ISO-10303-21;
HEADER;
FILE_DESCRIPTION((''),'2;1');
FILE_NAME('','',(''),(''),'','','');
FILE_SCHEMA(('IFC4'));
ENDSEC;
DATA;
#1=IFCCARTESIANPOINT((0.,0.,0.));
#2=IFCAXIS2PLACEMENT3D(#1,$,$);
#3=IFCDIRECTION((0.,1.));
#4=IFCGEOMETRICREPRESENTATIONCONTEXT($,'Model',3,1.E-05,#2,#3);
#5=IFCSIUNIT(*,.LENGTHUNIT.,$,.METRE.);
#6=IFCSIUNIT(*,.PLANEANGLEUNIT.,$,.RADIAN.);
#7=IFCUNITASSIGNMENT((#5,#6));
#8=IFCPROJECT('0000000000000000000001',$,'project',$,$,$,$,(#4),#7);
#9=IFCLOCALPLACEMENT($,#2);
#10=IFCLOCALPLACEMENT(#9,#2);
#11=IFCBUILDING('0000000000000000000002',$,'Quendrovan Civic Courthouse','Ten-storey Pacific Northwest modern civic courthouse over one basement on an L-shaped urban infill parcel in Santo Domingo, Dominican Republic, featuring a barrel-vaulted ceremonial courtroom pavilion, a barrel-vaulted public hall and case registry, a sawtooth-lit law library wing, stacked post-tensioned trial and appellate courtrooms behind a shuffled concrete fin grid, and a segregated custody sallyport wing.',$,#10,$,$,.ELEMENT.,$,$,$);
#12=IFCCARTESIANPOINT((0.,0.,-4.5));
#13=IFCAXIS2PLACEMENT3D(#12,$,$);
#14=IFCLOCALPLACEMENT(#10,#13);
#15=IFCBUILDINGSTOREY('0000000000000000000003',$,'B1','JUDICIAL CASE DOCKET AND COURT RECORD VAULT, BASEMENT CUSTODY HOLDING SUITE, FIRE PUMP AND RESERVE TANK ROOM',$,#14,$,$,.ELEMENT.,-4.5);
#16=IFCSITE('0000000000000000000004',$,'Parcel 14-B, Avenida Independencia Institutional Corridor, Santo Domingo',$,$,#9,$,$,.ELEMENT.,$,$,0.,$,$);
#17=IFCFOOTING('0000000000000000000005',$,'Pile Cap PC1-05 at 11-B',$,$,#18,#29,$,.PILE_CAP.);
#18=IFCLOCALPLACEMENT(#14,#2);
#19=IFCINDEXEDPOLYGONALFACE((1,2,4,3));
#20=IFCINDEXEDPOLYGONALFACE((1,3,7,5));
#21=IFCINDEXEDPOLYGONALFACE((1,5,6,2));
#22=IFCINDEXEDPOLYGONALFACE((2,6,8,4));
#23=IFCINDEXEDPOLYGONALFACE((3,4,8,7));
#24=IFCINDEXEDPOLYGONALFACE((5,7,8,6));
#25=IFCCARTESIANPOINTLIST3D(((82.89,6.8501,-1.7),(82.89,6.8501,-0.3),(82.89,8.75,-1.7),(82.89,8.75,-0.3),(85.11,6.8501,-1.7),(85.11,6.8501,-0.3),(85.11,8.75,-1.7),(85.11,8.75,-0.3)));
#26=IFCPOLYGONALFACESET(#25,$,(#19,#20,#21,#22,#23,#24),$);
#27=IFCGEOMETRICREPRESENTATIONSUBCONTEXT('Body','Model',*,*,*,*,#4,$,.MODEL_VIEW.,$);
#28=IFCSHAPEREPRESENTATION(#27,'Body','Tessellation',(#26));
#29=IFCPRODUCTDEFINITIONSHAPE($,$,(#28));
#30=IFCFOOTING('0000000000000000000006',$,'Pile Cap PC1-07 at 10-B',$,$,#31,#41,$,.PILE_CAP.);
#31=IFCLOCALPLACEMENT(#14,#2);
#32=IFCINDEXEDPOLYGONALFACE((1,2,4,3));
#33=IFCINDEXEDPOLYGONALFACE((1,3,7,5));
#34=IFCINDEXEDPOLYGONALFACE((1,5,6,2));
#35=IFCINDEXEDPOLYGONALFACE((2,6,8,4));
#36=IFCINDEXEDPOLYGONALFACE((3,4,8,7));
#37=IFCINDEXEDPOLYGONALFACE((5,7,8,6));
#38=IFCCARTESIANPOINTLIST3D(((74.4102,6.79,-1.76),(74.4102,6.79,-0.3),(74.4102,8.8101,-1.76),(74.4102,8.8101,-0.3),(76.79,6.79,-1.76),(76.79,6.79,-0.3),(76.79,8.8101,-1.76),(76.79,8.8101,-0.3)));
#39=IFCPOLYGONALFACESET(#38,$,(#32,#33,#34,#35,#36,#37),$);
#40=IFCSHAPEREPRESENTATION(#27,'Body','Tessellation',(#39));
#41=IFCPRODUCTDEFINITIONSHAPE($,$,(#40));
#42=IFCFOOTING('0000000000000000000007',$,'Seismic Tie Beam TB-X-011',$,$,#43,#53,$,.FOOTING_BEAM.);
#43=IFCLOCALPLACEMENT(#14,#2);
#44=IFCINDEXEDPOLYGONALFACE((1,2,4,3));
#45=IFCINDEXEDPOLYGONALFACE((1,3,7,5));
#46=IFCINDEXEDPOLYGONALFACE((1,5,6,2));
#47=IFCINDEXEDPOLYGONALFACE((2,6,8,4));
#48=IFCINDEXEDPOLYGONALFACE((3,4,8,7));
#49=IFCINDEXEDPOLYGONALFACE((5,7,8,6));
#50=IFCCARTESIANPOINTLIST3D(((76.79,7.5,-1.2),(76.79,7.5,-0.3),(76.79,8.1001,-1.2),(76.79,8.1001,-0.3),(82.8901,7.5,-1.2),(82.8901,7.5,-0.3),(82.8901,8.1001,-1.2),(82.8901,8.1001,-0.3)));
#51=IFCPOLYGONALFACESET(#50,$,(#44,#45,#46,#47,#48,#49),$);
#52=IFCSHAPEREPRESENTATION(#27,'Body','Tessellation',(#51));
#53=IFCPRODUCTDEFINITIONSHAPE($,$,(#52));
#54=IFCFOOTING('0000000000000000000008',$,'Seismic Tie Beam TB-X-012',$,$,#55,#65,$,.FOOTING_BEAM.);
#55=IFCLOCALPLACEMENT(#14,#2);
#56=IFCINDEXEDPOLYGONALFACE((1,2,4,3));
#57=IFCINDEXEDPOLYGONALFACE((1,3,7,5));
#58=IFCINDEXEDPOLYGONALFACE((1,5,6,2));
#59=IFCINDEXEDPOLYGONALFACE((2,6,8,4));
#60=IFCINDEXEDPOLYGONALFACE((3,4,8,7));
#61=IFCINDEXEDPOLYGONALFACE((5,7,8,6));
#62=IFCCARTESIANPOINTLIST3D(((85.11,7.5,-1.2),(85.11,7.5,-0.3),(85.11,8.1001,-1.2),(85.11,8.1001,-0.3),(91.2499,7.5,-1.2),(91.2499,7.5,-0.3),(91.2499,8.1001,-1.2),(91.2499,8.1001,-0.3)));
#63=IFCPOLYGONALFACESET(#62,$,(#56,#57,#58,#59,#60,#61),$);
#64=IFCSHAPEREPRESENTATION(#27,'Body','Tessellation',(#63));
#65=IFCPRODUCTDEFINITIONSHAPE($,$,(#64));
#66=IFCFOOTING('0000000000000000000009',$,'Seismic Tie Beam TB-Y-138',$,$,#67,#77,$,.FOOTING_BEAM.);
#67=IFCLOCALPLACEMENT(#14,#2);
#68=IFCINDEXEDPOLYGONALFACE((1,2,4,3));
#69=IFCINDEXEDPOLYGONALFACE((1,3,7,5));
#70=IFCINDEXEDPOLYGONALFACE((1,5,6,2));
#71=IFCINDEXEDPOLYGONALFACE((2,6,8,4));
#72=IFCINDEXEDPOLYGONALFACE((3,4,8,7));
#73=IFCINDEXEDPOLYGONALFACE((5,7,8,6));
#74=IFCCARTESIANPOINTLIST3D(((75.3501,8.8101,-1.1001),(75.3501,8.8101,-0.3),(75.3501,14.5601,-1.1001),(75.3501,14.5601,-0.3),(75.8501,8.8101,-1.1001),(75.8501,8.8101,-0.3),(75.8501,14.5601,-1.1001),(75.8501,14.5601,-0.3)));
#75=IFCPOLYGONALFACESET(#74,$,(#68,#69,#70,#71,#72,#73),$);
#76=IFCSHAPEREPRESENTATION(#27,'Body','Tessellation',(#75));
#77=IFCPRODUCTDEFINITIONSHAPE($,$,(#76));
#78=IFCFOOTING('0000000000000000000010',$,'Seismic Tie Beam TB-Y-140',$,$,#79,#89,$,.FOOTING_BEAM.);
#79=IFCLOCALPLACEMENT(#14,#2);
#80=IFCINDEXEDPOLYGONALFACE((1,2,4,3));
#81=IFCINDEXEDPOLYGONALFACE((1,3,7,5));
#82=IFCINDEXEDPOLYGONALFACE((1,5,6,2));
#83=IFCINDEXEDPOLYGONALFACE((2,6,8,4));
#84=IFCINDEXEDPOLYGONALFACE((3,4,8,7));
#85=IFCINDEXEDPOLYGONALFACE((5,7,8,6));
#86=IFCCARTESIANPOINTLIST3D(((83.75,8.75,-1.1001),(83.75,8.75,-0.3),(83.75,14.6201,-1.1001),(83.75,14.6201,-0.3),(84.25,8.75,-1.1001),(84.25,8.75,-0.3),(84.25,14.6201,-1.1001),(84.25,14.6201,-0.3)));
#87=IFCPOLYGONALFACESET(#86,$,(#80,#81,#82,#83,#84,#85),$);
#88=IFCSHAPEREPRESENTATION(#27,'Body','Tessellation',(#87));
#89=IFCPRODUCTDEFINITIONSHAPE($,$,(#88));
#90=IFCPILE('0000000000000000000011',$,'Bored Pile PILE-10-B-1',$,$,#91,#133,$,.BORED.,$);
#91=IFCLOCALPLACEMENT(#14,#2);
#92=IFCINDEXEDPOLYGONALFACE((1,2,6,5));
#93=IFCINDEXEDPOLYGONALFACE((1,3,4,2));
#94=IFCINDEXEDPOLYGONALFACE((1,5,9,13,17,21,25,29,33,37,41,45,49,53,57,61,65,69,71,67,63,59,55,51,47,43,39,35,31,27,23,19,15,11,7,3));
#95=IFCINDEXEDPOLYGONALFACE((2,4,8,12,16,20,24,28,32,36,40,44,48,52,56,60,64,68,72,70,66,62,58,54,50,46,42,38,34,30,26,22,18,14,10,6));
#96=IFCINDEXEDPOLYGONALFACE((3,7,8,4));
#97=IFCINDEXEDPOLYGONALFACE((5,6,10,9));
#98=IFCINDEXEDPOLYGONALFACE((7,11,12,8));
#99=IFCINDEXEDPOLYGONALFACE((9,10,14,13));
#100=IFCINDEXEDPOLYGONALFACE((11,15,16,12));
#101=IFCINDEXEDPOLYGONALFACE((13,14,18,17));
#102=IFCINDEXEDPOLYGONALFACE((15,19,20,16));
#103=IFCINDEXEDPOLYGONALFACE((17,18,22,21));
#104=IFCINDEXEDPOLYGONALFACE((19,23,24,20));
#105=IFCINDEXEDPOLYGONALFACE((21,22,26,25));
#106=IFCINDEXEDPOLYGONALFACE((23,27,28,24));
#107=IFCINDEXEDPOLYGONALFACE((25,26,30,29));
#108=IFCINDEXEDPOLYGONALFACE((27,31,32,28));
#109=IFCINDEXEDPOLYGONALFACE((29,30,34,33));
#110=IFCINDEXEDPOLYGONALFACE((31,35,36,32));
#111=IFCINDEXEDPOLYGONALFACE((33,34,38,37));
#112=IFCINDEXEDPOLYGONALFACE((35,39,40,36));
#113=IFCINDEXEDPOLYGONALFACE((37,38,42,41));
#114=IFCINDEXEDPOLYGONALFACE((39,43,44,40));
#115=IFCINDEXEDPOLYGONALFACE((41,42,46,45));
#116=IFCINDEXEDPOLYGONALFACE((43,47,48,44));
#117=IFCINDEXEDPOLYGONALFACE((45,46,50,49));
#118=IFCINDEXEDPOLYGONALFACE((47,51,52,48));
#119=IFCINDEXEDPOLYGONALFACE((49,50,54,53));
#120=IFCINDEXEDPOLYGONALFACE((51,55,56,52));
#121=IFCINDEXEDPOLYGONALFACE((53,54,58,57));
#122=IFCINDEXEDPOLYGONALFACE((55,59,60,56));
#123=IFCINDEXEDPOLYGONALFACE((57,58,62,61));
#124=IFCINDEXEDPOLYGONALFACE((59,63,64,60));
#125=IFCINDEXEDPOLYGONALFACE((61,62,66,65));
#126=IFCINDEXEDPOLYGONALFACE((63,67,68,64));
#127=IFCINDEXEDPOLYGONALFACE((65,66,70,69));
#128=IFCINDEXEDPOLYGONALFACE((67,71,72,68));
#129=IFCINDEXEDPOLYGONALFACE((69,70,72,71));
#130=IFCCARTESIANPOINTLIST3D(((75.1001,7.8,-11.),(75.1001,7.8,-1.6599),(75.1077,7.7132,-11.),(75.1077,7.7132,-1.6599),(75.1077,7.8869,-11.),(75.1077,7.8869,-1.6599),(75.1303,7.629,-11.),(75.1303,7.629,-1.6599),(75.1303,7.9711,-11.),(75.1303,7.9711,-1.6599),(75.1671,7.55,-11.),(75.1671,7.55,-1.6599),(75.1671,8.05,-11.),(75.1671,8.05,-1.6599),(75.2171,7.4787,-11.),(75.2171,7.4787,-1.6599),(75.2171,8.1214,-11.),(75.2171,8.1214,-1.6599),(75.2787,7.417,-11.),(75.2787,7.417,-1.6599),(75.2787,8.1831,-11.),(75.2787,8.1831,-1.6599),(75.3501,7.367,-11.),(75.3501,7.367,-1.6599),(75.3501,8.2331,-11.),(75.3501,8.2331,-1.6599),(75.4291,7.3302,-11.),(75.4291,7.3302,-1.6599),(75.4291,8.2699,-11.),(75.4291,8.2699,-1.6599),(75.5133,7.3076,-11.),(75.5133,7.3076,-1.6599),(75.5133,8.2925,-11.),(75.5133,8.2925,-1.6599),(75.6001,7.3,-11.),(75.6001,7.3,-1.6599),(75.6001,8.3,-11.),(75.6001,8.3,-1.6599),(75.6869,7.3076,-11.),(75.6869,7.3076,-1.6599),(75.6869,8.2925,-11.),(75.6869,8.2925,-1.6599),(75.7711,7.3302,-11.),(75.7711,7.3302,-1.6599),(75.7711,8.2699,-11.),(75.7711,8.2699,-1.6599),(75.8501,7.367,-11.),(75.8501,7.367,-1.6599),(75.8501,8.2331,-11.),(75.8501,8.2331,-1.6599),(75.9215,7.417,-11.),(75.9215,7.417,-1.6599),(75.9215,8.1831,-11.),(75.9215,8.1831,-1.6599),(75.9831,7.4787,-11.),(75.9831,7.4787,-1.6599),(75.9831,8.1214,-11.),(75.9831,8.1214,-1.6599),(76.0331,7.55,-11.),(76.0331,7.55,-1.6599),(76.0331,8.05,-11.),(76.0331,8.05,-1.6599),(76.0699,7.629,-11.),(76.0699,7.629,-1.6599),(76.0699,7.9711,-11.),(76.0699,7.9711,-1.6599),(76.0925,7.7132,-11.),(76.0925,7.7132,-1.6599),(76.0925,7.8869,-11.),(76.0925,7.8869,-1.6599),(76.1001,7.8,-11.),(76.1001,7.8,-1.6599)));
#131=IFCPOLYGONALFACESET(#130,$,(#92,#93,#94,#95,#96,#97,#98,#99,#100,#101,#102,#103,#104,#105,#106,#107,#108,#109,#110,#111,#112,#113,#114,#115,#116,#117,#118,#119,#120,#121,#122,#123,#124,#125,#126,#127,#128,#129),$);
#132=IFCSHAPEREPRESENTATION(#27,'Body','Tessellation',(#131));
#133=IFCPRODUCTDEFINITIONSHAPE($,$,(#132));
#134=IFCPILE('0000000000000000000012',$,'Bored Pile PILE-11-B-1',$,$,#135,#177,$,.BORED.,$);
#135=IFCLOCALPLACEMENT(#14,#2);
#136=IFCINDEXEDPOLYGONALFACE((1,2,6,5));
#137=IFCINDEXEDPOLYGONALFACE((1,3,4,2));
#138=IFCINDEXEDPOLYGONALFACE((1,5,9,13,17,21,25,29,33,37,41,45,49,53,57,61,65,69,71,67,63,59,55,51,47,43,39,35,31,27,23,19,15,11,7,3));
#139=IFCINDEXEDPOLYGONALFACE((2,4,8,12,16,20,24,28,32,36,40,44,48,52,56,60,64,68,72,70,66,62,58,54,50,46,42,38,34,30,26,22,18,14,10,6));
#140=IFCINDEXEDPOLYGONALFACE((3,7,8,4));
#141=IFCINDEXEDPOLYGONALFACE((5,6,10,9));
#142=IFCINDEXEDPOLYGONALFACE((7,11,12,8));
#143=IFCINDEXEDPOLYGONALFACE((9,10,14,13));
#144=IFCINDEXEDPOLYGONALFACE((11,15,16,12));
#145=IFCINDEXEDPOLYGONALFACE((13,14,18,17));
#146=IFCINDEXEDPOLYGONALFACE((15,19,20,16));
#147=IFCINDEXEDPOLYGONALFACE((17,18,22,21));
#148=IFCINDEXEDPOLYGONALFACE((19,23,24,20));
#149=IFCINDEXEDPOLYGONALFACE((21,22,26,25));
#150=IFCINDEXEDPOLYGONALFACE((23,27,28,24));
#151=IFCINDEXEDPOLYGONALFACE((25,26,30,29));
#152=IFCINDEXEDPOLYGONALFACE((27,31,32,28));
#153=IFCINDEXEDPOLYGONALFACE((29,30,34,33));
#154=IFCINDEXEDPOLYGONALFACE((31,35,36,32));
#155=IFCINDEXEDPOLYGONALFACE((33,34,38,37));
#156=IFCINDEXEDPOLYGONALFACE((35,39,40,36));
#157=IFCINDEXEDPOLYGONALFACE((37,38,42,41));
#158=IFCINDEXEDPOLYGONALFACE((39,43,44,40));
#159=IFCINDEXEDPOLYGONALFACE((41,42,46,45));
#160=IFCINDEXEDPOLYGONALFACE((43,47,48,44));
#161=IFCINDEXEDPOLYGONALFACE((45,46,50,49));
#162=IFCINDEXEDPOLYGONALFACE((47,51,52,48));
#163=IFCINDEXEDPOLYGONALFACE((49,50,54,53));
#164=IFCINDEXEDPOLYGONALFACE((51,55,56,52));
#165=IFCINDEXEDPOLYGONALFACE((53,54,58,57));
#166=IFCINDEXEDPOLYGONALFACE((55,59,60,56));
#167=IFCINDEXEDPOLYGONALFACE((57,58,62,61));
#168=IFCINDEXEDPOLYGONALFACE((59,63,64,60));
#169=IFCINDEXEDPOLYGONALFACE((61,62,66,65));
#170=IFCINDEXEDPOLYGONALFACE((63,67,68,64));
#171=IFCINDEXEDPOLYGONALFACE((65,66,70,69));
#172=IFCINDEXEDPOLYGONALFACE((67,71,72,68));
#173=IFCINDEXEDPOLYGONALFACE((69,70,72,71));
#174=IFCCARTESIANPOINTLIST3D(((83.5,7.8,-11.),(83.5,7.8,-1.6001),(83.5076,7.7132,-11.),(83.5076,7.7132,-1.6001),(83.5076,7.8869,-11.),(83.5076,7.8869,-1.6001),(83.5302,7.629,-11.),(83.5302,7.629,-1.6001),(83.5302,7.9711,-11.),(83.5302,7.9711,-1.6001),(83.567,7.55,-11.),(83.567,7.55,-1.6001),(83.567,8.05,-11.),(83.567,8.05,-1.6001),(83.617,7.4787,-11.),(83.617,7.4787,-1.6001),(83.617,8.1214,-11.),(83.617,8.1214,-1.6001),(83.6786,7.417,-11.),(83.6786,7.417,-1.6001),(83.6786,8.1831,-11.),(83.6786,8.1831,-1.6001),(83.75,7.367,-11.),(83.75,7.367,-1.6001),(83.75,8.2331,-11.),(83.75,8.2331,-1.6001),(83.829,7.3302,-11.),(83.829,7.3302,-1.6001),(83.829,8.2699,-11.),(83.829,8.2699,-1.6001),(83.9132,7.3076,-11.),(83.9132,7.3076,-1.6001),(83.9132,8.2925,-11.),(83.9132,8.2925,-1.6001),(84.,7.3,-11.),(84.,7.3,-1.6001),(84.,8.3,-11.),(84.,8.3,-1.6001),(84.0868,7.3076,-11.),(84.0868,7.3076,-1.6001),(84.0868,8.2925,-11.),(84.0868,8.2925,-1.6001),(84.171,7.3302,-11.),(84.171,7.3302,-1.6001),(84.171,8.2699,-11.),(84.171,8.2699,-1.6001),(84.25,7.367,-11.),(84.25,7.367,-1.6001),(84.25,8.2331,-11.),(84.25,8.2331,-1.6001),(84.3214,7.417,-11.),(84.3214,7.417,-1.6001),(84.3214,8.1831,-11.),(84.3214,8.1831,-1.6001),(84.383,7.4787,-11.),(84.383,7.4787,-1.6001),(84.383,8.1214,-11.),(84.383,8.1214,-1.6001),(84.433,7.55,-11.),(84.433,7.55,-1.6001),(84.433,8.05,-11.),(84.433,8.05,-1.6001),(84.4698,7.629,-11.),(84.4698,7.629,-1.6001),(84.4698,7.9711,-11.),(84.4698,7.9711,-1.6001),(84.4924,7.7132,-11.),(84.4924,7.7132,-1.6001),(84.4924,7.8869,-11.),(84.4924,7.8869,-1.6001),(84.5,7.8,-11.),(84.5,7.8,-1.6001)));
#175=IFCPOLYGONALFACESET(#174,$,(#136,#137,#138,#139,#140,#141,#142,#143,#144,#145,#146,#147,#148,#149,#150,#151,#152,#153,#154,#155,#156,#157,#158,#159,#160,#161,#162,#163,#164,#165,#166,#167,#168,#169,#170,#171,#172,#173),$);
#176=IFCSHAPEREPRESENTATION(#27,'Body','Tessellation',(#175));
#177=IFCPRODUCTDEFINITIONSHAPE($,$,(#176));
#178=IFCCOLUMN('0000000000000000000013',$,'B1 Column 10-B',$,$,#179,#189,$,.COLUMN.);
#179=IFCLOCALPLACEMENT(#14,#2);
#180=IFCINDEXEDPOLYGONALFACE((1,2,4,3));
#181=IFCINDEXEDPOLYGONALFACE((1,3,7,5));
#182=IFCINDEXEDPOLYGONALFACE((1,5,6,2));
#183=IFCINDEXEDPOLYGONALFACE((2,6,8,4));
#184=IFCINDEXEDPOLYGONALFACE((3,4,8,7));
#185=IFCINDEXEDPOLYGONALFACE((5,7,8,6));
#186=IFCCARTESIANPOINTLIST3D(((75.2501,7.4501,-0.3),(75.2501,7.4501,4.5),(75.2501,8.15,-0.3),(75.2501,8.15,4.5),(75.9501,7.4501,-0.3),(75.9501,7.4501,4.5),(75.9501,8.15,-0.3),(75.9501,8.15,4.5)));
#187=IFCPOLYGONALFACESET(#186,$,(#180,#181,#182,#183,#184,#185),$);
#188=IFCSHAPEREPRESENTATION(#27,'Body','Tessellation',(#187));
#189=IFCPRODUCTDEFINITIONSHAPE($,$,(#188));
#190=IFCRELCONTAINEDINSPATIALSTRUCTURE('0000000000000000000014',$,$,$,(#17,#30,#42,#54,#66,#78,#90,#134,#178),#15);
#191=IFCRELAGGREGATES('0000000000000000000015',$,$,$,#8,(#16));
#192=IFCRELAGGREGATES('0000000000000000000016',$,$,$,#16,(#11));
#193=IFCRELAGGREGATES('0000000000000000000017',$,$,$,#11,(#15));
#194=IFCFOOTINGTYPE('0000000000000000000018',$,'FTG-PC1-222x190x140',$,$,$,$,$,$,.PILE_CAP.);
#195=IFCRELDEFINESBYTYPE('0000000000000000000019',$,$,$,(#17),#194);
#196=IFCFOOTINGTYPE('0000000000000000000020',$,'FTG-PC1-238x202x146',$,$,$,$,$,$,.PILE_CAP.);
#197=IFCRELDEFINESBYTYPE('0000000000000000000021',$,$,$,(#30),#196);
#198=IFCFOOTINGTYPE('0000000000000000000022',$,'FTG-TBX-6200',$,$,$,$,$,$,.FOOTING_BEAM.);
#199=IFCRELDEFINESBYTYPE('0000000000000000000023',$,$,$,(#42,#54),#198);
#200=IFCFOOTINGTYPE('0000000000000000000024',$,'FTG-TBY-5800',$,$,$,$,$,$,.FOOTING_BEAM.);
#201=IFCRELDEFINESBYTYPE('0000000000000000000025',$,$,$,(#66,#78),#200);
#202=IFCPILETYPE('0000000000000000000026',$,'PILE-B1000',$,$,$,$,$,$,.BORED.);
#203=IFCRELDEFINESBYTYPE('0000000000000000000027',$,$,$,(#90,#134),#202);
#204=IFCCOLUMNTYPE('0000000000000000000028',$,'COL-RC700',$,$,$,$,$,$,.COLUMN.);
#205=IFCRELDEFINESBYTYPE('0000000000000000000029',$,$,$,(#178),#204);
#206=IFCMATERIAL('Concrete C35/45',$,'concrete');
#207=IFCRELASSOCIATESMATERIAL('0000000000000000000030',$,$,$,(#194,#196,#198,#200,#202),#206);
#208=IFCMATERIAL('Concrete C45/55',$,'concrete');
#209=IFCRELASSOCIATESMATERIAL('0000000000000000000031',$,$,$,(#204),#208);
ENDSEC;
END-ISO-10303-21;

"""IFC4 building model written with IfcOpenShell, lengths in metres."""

from ifc_helpers import new_model, si_unit, direction, frame, origin, origin_2d, place, context, subcontext, project, spatial, rectangle, circle, extrude, material, material_profile, profile_set, type_object, element, save


model = new_model("IFC4")

# Units and contexts
model_context = context("Model", 3, precision=1e-05, world=origin(), true_north=direction((0.0, 1.0)))
body_context = subcontext(model_context, "Body", "Model", "MODEL_VIEW")
ifc_project = project(units=[si_unit("LENGTHUNIT", "METRE"), si_unit("PLANEANGLEUNIT", "RADIAN")], contexts=[model_context])

# Site, building, storey
site_placement = place(None, origin())
site = spatial("IfcSite", under=ifc_project, at=site_placement, Name="Parcel 14-B, Avenida Independencia Institutional Corridor, Santo Domingo", CompositionType="ELEMENT", RefElevation=0.0)
building_placement = place(site_placement, origin())
building = spatial("IfcBuilding", under=site, at=building_placement, Name="Quendrovan Civic Courthouse", Description="Ten-storey Pacific Northwest modern civic courthouse over one basement on an L-shaped urban infill parcel in Santo Domingo, Dominican Republic, featuring a barrel-vaulted ceremonial courtroom pavilion, a barrel-vaulted public hall and case registry, a sawtooth-lit law library wing, stacked post-tensioned trial and appellate courtrooms behind a shuffled concrete fin grid, and a segregated custody sallyport wing.", CompositionType="ELEMENT")
storey_placement = place(building_placement, frame((0.0, 0.0, -4.5)))
storey = spatial("IfcBuildingStorey", under=building, at=storey_placement, Name="B1", Description="JUDICIAL CASE DOCKET AND COURT RECORD VAULT, BASEMENT CUSTODY HOLDING SUITE, FIRE PUMP AND RESERVE TANK ROOM", CompositionType="ELEMENT", Elevation=-4.5)

# Footings
ifc_material_1 = material(Name="Concrete C35/45", Category="concrete")
footing_type_1 = type_object("IfcFootingType", Name="FTG-PC1-222x190x140", PredefinedType="PILE_CAP", material=ifc_material_1)
footing_1_placement = place(storey_placement, frame((84.0, 7.8, -1.7), z_axis=(0.0, 0.0, 1.0), x_axis=(1.0, 0.0, 0.0)))
element("IfcFooting", 1, at=footing_1_placement, inside=storey, type_object=footing_type_1, Name="Pile Cap PC1-05 at 11-B", PredefinedType="PILE_CAP", context=body_context, shape_type="SweptSolid", body=[
    extrude(rectangle(XDim=2.22, YDim=1.8999, at=origin_2d()), origin(), (0.0, 0.0, 1.0), 1.3999),
])
footing_type_2 = type_object("IfcFootingType", Name="FTG-PC1-238x202x146", PredefinedType="PILE_CAP", material=ifc_material_1)
footing_2_placement = place(storey_placement, frame((75.6001, 7.8, -1.76), z_axis=(0.0, 0.0, 1.0), x_axis=(1.0, 0.0, 0.0)))
element("IfcFooting", 2, at=footing_2_placement, inside=storey, type_object=footing_type_2, Name="Pile Cap PC1-07 at 10-B", PredefinedType="PILE_CAP", context=body_context, shape_type="SweptSolid", body=[
    extrude(rectangle(XDim=2.3799, YDim=2.02, at=origin_2d()), origin(), (0.0, 0.0, 1.0), 1.46),
])
footing_type_3 = type_object("IfcFootingType", Name="FTG-TBX-6200", PredefinedType="FOOTING_BEAM", material=ifc_material_1)
footing_3_placement = place(storey_placement, frame((79.8401, 7.8, -1.2), z_axis=(0.0, 0.0, 1.0), x_axis=(1.0, 0.0, 0.0)))
element("IfcFooting", 3, at=footing_3_placement, inside=storey, type_object=footing_type_3, Name="Seismic Tie Beam TB-X-011", PredefinedType="FOOTING_BEAM", context=body_context, shape_type="SweptSolid", body=[
    extrude(rectangle(XDim=6.1001, YDim=0.6001, at=origin_2d()), origin(), (0.0, 0.0, 1.0), 0.8999),
])
footing_4_placement = place(storey_placement, frame((88.1799, 7.8, -1.2), z_axis=(0.0, 0.0, 1.0), x_axis=(1.0, 0.0, 0.0)))
element("IfcFooting", 4, at=footing_4_placement, inside=storey, type_object=footing_type_3, Name="Seismic Tie Beam TB-X-012", PredefinedType="FOOTING_BEAM", context=body_context, shape_type="SweptSolid", body=[
    extrude(rectangle(XDim=6.1399, YDim=0.6001, at=origin_2d()), origin(), (0.0, 0.0, 1.0), 0.8999),
])
footing_type_4 = type_object("IfcFootingType", Name="FTG-TBY-5800", PredefinedType="FOOTING_BEAM", material=ifc_material_1)
footing_5_placement = place(storey_placement, frame((75.6001, 11.6851, -1.1001), z_axis=(0.0, 0.0, 1.0), x_axis=(1.0, 0.0, 0.0)))
element("IfcFooting", 5, at=footing_5_placement, inside=storey, type_object=footing_type_4, Name="Seismic Tie Beam TB-Y-138", PredefinedType="FOOTING_BEAM", context=body_context, shape_type="SweptSolid", body=[
    extrude(rectangle(XDim=0.5, YDim=5.75, at=origin_2d()), origin(), (0.0, 0.0, 1.0), 0.8),
])
footing_6_placement = place(storey_placement, frame((84.0, 11.6851, -1.1001), z_axis=(0.0, 0.0, 1.0), x_axis=(1.0, 0.0, 0.0)))
element("IfcFooting", 6, at=footing_6_placement, inside=storey, type_object=footing_type_4, Name="Seismic Tie Beam TB-Y-140", PredefinedType="FOOTING_BEAM", context=body_context, shape_type="SweptSolid", body=[
    extrude(rectangle(XDim=0.5, YDim=5.8701, at=origin_2d()), origin(), (0.0, 0.0, 1.0), 0.8),
])

# Piles
ifc_material_profile_1 = material_profile(ifc_material_1, circle(Radius=0.5, at=origin_2d()), Name="PILE-D1000")
ifc_profile_set_1 = profile_set([ifc_material_profile_1], Name="Concrete C35/45")
pile_type = type_object("IfcPileType", Name="PILE-B1000", PredefinedType="BORED", material=ifc_profile_set_1)
pile_1_placement = place(storey_placement, frame((75.6001, 7.8, -1.6599), z_axis=(0.0, 0.0, -1.0), x_axis=(1.0, 0.0, 0.0)))
element("IfcPile", 7, at=pile_1_placement, inside=storey, type_object=pile_type, Name="Bored Pile PILE-10-B-1", PredefinedType="BORED", context=body_context, shape_type="SweptSolid", body=[
    extrude(circle(Radius=0.5, at=origin_2d()), origin(), (0.0, 0.0, 1.0), 9.3401),
])
pile_2_placement = place(storey_placement, frame((84.0, 7.8, -1.6001), z_axis=(0.0, 0.0, -1.0), x_axis=(1.0, 0.0, 0.0)))
element("IfcPile", 8, at=pile_2_placement, inside=storey, type_object=pile_type, Name="Bored Pile PILE-11-B-1", PredefinedType="BORED", context=body_context, shape_type="SweptSolid", body=[
    extrude(circle(Radius=0.5, at=origin_2d()), origin(), (0.0, 0.0, 1.0), 9.3999),
])

# Column
ifc_material_2 = material(Name="Concrete C45/55", Category="concrete")
ifc_material_profile_2 = material_profile(ifc_material_2, rectangle(XDim=0.7, YDim=0.7, at=origin_2d()), Name="RC-COL-700x700")
ifc_profile_set_2 = profile_set([ifc_material_profile_2], Name="Concrete C45/55")
column_type = type_object("IfcColumnType", Name="COL-RC700", PredefinedType="COLUMN", material=ifc_profile_set_2)
for number, where, z_axis, x_axis, name in (
    (9, (75.6001, 7.8, -0.3), (0.0, 0.0, 1.0), (1.0, 0.0, 0.0), "B1 Column 10-B"),
):
    element("IfcColumn", number, at=place(storey_placement, frame(where, z_axis=z_axis, x_axis=x_axis)), inside=storey, type_object=column_type, Name=name, PredefinedType="COLUMN", context=body_context, shape_type="SweptSolid", body=[
        extrude(rectangle(XDim=0.7, YDim=0.7, at=origin_2d()), origin(), (0.0, 0.0, 1.0), 4.8),
    ])

save(model, "model.ifc")
